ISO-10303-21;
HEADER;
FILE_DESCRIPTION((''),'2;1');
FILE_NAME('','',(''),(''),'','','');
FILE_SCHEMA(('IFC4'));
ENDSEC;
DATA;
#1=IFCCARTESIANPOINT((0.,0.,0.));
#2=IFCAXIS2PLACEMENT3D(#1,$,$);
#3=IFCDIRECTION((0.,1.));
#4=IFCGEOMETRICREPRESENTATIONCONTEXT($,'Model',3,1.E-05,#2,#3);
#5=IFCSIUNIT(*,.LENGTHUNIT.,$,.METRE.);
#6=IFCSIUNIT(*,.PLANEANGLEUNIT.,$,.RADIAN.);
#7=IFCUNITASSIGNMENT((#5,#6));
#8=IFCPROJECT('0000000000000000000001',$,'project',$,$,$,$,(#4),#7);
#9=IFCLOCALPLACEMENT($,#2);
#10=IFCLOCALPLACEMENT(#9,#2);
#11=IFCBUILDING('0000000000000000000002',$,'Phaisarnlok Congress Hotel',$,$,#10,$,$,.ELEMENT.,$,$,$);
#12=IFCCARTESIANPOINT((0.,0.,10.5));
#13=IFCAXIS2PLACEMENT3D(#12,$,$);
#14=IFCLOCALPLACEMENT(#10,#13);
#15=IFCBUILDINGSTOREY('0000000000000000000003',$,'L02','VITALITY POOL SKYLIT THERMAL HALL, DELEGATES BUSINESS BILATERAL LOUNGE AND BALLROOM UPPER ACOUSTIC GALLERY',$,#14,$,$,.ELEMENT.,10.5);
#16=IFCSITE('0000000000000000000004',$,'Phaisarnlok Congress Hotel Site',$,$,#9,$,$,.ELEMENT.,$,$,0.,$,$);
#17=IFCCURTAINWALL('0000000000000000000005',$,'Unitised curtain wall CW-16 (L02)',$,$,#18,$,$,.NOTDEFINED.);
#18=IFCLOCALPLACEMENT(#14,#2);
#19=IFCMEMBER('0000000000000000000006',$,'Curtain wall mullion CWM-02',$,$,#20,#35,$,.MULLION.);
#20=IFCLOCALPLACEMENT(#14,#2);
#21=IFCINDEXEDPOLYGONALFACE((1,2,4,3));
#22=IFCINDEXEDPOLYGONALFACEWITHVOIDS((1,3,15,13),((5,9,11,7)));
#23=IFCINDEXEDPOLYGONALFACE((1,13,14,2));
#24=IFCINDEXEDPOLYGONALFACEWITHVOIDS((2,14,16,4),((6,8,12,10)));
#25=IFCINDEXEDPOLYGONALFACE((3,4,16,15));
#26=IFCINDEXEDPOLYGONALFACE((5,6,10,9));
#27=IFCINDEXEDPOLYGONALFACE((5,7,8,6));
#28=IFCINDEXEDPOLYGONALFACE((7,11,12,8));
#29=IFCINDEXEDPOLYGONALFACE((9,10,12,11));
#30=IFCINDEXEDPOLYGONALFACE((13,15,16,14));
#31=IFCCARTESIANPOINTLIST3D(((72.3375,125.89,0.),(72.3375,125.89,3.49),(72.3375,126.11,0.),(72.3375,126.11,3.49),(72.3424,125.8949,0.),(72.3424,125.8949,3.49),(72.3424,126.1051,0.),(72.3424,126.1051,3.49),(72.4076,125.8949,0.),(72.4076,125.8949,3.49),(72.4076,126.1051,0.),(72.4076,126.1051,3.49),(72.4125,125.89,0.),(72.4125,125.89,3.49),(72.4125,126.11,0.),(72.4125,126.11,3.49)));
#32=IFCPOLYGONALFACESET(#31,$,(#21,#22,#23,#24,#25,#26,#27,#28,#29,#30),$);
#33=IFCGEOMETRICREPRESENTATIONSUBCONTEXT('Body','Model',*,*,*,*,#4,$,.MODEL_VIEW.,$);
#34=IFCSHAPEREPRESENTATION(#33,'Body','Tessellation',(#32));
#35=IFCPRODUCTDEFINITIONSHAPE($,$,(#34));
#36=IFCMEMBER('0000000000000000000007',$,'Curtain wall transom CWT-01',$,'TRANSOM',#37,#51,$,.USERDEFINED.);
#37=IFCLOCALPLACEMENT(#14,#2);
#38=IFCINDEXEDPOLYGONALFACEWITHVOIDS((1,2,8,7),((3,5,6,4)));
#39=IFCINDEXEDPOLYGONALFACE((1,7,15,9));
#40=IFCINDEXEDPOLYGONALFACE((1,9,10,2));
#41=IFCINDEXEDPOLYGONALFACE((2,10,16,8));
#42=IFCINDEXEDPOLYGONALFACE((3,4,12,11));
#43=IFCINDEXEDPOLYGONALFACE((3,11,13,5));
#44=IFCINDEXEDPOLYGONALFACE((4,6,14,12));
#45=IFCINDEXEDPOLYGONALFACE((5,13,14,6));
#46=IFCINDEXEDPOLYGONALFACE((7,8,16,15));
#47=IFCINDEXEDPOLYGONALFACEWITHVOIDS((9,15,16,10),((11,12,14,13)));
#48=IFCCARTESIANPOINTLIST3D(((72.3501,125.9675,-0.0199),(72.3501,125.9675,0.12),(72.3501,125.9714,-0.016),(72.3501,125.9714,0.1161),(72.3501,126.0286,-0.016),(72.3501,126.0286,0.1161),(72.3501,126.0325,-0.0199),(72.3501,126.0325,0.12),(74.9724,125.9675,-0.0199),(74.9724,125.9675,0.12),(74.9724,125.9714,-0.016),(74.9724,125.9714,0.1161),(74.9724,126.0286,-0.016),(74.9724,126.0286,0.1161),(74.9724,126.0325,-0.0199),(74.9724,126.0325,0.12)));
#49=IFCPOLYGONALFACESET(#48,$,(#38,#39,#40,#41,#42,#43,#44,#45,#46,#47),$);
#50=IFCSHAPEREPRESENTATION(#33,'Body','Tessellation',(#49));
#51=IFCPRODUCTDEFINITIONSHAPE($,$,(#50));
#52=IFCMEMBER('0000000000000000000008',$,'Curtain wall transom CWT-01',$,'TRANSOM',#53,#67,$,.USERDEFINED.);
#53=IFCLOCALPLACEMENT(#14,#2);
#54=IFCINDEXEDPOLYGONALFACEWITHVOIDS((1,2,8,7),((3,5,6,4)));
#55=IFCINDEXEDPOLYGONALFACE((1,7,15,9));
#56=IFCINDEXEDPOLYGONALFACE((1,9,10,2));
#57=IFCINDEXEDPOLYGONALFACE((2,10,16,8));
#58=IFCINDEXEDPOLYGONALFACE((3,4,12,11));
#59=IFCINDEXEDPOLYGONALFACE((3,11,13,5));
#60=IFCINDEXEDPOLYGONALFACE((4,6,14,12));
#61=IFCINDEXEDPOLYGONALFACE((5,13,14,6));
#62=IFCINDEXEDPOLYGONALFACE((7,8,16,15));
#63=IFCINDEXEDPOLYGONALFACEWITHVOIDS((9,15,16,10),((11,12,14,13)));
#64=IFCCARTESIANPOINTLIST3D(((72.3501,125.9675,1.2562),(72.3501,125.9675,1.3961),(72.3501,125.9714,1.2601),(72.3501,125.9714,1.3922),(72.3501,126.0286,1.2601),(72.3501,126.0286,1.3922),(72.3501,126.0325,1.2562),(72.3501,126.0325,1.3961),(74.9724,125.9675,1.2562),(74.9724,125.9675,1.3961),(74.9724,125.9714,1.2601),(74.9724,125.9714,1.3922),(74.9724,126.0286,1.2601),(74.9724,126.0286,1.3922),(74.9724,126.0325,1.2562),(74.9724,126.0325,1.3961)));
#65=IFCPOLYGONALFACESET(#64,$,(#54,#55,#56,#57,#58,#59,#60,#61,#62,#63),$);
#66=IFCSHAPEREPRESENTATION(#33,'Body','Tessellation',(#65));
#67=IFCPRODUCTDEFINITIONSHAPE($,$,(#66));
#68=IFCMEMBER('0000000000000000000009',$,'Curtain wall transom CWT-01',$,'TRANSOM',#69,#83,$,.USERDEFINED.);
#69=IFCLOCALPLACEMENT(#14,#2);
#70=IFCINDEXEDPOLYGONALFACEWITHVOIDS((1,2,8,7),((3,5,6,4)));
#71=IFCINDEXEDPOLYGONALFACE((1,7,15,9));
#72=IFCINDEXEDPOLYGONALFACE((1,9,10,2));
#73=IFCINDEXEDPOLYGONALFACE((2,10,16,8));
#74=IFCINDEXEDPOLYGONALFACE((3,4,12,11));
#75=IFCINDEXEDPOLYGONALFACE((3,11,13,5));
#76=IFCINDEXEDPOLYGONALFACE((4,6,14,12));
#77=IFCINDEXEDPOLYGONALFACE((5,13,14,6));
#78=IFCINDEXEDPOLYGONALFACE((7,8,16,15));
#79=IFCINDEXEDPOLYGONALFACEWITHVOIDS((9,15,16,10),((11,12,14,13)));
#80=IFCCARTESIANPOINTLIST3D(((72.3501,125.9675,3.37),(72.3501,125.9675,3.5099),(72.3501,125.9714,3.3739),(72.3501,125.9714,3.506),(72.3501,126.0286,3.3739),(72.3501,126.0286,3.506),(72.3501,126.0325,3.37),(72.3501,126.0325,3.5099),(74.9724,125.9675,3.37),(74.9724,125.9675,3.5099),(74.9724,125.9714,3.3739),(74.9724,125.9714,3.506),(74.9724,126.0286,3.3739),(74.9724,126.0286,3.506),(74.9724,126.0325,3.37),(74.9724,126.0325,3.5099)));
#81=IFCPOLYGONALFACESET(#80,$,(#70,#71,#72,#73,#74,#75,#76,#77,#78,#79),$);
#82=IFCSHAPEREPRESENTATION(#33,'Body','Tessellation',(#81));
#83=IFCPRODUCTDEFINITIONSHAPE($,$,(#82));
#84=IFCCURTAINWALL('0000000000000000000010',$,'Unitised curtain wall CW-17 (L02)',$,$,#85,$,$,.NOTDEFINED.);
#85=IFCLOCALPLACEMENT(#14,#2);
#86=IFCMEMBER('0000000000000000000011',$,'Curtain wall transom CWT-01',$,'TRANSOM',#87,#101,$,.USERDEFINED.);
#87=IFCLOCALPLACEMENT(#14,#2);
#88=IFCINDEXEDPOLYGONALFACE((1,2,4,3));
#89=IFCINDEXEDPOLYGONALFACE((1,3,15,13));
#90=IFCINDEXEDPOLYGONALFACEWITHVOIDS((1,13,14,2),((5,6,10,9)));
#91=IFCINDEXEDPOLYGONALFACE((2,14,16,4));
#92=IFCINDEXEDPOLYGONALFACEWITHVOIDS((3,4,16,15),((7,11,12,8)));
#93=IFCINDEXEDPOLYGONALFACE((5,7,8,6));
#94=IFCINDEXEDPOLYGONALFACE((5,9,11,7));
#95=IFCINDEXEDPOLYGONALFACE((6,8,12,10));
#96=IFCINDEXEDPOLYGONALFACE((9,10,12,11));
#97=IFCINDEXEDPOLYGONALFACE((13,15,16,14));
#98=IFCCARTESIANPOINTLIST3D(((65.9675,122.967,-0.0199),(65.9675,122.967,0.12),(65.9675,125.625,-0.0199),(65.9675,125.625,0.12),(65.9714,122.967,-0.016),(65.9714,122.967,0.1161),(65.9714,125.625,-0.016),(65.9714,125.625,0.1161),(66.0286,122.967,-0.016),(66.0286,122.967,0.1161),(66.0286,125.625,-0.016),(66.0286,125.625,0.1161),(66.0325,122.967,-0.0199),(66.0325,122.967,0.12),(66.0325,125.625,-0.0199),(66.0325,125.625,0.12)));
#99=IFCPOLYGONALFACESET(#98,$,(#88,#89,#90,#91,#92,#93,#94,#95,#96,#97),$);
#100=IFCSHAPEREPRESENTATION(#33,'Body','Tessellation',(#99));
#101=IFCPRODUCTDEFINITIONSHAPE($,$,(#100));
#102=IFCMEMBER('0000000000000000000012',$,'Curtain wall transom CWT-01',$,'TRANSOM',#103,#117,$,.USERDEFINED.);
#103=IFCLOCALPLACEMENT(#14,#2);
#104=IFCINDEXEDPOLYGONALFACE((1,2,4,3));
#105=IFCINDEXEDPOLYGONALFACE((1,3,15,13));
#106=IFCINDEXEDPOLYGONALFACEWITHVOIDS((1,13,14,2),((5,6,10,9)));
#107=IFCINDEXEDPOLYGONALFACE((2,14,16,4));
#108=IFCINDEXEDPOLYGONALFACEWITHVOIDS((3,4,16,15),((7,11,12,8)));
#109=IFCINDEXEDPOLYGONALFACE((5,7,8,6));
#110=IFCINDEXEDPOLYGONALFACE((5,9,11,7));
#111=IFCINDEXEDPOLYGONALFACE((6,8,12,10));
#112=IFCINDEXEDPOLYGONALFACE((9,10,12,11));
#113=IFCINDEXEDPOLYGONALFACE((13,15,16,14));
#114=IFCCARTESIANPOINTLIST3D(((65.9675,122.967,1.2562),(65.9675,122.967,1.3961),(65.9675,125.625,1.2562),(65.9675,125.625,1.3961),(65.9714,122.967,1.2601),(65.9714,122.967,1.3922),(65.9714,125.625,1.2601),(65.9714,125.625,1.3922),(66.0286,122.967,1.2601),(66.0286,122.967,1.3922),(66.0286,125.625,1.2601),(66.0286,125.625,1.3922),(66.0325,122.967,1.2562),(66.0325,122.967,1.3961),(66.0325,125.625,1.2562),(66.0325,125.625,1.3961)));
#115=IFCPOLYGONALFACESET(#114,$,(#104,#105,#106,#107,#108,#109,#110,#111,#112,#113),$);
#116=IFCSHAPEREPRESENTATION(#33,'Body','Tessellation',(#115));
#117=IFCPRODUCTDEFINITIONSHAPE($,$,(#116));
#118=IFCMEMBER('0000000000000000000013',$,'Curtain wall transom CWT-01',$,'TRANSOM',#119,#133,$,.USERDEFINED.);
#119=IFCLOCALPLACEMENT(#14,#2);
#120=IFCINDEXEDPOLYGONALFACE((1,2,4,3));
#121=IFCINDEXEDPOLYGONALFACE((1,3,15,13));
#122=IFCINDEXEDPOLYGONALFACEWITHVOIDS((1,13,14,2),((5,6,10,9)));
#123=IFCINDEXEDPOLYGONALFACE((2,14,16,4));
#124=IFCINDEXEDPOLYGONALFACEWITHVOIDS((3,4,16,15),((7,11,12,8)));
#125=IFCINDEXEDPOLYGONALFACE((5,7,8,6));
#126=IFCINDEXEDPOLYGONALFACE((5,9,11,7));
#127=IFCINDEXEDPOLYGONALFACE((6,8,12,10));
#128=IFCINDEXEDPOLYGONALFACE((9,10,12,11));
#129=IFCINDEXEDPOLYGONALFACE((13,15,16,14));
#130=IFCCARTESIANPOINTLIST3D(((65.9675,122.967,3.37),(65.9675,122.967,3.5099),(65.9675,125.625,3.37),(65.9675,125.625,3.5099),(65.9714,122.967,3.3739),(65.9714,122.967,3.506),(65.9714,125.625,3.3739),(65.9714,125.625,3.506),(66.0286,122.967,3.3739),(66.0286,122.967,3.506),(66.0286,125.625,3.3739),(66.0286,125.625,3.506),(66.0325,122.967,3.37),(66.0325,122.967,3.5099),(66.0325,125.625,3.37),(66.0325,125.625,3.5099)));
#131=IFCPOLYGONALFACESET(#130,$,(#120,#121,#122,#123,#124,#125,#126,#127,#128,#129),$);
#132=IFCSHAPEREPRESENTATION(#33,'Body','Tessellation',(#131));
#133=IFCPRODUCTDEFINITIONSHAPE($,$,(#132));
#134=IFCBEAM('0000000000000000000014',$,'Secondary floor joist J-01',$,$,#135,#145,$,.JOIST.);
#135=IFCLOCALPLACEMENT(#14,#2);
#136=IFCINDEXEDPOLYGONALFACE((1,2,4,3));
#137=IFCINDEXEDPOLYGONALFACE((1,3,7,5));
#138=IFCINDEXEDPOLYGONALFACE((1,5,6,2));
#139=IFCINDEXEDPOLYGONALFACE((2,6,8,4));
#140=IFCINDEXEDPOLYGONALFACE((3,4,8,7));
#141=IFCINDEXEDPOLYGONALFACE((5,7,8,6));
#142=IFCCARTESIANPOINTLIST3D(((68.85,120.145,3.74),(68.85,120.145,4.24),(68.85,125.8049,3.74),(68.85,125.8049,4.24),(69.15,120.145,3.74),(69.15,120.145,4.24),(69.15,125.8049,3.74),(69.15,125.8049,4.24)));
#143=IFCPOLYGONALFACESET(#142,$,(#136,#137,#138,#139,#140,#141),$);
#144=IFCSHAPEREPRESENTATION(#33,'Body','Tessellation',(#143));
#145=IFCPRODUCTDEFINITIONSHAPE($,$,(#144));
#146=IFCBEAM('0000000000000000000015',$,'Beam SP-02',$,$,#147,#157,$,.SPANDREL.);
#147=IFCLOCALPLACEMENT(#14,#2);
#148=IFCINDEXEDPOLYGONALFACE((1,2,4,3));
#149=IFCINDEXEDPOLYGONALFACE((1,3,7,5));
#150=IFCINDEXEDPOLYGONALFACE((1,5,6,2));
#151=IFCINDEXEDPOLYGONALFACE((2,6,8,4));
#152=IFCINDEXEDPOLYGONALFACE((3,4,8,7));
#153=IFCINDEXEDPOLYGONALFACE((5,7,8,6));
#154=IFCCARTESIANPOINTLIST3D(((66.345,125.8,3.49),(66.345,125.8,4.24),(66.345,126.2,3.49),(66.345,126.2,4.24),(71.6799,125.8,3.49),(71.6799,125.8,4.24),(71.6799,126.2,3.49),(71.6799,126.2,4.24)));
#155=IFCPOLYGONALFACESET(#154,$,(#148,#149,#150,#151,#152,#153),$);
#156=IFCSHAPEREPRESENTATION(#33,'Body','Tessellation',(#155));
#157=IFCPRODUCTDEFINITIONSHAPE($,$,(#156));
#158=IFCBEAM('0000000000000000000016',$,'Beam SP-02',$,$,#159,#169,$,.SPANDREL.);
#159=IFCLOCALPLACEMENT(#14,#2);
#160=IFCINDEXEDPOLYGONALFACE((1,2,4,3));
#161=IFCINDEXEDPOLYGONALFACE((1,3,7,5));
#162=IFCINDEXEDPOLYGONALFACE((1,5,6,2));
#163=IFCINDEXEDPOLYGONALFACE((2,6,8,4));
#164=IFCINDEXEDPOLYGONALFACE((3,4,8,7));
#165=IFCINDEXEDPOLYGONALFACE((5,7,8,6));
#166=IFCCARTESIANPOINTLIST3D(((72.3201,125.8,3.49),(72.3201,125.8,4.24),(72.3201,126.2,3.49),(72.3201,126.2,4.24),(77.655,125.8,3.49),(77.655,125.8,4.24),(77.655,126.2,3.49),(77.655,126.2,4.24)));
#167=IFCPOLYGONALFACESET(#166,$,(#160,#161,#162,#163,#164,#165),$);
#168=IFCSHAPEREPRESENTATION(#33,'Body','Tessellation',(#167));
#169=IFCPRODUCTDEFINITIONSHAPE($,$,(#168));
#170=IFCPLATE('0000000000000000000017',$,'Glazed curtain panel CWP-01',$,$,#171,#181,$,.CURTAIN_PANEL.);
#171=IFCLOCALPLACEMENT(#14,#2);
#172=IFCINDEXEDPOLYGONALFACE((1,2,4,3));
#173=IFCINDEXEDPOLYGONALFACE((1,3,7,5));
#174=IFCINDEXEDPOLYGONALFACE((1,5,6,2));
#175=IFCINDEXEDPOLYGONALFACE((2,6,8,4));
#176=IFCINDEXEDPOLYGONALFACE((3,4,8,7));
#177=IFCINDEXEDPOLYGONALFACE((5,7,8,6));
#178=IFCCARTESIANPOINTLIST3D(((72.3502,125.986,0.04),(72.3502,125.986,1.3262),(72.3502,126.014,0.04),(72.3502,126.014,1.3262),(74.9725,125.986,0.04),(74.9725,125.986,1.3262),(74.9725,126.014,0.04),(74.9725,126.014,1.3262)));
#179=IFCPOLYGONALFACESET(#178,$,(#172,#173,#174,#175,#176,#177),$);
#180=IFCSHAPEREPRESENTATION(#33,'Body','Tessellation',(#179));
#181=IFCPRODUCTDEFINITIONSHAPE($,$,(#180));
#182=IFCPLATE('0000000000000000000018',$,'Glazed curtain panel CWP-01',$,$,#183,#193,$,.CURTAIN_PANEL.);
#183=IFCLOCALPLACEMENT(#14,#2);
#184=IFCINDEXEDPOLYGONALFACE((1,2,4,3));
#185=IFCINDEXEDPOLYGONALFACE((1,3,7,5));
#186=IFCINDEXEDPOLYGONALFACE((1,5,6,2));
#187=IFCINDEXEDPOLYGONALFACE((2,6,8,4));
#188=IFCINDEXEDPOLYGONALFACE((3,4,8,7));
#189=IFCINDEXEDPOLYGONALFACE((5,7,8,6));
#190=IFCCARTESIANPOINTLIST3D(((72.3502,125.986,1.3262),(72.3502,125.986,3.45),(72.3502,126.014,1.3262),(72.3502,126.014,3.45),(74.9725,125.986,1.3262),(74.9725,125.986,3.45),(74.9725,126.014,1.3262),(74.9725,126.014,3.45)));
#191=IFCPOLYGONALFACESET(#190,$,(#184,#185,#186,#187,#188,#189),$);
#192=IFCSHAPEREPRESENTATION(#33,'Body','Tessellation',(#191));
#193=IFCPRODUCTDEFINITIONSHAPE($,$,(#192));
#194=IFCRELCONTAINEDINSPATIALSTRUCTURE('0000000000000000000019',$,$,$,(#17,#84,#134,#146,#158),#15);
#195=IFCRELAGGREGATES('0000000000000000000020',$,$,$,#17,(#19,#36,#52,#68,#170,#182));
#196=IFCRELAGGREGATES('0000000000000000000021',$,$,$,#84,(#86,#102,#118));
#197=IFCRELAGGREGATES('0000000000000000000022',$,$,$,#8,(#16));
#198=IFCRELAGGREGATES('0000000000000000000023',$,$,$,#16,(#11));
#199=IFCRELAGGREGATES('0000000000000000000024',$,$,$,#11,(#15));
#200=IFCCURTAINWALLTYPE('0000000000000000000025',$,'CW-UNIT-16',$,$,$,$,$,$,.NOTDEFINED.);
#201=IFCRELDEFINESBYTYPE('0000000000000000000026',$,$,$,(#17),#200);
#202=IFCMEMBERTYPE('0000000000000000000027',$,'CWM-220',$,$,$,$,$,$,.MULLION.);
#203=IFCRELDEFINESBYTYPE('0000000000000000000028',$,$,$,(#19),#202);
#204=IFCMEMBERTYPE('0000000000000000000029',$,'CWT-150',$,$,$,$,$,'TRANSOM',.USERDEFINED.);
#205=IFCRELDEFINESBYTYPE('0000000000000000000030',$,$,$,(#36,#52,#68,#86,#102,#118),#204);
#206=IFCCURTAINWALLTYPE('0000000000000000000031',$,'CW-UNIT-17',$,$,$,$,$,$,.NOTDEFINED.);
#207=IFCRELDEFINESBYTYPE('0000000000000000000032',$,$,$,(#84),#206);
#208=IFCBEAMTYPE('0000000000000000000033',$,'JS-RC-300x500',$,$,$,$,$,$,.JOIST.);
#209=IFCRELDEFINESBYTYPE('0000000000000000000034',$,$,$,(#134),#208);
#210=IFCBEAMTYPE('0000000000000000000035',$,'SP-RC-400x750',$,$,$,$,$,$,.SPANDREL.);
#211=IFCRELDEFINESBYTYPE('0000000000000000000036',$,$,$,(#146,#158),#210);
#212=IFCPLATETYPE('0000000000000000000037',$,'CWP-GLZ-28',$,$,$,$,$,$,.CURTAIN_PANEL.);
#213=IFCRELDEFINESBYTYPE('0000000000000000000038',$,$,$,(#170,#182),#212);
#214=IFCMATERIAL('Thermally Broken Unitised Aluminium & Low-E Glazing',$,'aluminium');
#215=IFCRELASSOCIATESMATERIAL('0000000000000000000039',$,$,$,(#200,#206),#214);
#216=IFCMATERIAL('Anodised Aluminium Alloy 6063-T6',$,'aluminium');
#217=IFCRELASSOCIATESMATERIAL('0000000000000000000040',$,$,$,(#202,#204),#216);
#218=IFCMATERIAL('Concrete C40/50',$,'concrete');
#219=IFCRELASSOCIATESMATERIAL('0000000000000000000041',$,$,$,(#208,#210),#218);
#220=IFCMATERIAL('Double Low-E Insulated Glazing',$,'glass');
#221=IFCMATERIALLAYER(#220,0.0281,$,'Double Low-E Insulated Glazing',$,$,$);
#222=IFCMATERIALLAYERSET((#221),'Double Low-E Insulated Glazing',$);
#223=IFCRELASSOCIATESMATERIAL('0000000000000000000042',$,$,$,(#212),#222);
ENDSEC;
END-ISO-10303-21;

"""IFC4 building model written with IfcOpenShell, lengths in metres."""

from ifc_helpers import new_model, si_unit, direction, frame, frame_2d, origin, origin_2d, place, context, subcontext, project, spatial, rectangle, hollow_rectangle, extrude, material, layer, layer_set, material_profile, profile_set, type_object, element, aggregate, save


model = new_model("IFC4")

# Units and contexts
model_context = context("Model", 3, precision=1e-05, world=origin(), true_north=direction((0.0, 1.0)))
body_context = subcontext(model_context, "Body", "Model", "MODEL_VIEW")
ifc_project = project(units=[si_unit("LENGTHUNIT", "METRE"), si_unit("PLANEANGLEUNIT", "RADIAN")], contexts=[model_context])

# Site, building, storey
site_placement = place(None, origin())
site = spatial("IfcSite", under=ifc_project, at=site_placement, Name="Phaisarnlok Congress Hotel Site", CompositionType="ELEMENT", RefElevation=0.0)
building_placement = place(site_placement, origin())
building = spatial("IfcBuilding", under=site, at=building_placement, Name="Phaisarnlok Congress Hotel", CompositionType="ELEMENT")
storey_placement = place(building_placement, frame((0.0, 0.0, 10.5)))
storey = spatial("IfcBuildingStorey", under=building, at=storey_placement, Name="L02", Description="VITALITY POOL SKYLIT THERMAL HALL, DELEGATES BUSINESS BILATERAL LOUNGE AND BALLROOM UPPER ACOUSTIC GALLERY", CompositionType="ELEMENT", Elevation=10.5)

# Shared definitions
ifc_material_1 = material(Name="Concrete C40/50", Category="concrete")

# Curtain walls, members
ifc_material_2 = material(Name="Thermally Broken Unitised Aluminium & Low-E Glazing", Category="aluminium")
curtain_wall_type_1 = type_object("IfcCurtainWallType", Name="CW-UNIT-16", PredefinedType="NOTDEFINED", material=ifc_material_2)
curtain_wall_1_placement = place(storey_placement, origin())
curtain_wall_1 = element("IfcCurtainWall", 1, at=curtain_wall_1_placement, inside=storey, type_object=curtain_wall_type_1, Name="Unitised curtain wall CW-16 (L02)", PredefinedType="NOTDEFINED")
ifc_material_3 = material(Name="Anodised Aluminium Alloy 6063-T6", Category="aluminium")
ifc_material_profile_1 = material_profile(ifc_material_3, hollow_rectangle(XDim=0.075, YDim=0.22, WallThickness=0.0049, at=origin_2d()), Name="ALU-M 75x220x5")
ifc_profile_set_1 = profile_set([ifc_material_profile_1], Name="Anodised Aluminium Alloy 6063-T6")
member_type_1 = type_object("IfcMemberType", Name="CWM-220", PredefinedType="MULLION", material=ifc_profile_set_1)
member_1_placement = place(storey_placement, frame((72.375, 126.0, 0.0), z_axis=(0.0, 0.0, 1.0), x_axis=(-1.0, 0.0, 0.0)))
member_1 = element("IfcMember", 2, at=member_1_placement, type_object=member_type_1, Name="Curtain wall mullion CWM-02", PredefinedType="MULLION", context=body_context, shape_type="SweptSolid", body=[
    extrude(hollow_rectangle(XDim=0.075, YDim=0.22, WallThickness=0.0049, at=origin_2d()), origin(), (0.0, 0.0, 1.0), 3.49),
])
ifc_material_profile_2 = material_profile(ifc_material_3, hollow_rectangle(XDim=0.0649, YDim=0.1399, WallThickness=0.0039, at=origin_2d()), Name="ALU-T 65x140x4")
ifc_profile_set_2 = profile_set([ifc_material_profile_2], Name="Anodised Aluminium Alloy 6063-T6")
member_type_2 = type_object("IfcMemberType", Name="CWT-150", ElementType="TRANSOM", PredefinedType="USERDEFINED", material=ifc_profile_set_2)
member_2_placement = place(storey_placement, frame((74.9724, 126.0, 0.05), z_axis=(-1.0, 0.0, 0.0), x_axis=(0.0, -1.0, 0.0)))
member_2 = element("IfcMember", 3, at=member_2_placement, type_object=member_type_2, Name="Curtain wall transom CWT-01", ObjectType="TRANSOM", PredefinedType="USERDEFINED", context=body_context, shape_type="SweptSolid", body=[
    extrude(hollow_rectangle(XDim=0.0649, YDim=0.1399, WallThickness=0.0039, at=origin_2d()), origin(), (0.0, 0.0, 1.0), 2.6223),
])
member_3_placement = place(storey_placement, frame((74.9724, 126.0, 1.3262), z_axis=(-1.0, 0.0, 0.0), x_axis=(0.0, -1.0, 0.0)))
member_3 = element("IfcMember", 4, at=member_3_placement, type_object=member_type_2, Name="Curtain wall transom CWT-01", ObjectType="TRANSOM", PredefinedType="USERDEFINED", context=body_context, shape_type="SweptSolid", body=[
    extrude(hollow_rectangle(XDim=0.0649, YDim=0.1399, WallThickness=0.0039, at=origin_2d()), origin(), (0.0, 0.0, 1.0), 2.6223),
])
member_4_placement = place(storey_placement, frame((74.9724, 126.0, 3.4399), z_axis=(-1.0, 0.0, 0.0), x_axis=(0.0, -1.0, 0.0)))
member_4 = element("IfcMember", 5, at=member_4_placement, type_object=member_type_2, Name="Curtain wall transom CWT-01", ObjectType="TRANSOM", PredefinedType="USERDEFINED", context=body_context, shape_type="SweptSolid", body=[
    extrude(hollow_rectangle(XDim=0.0649, YDim=0.1399, WallThickness=0.0039, at=origin_2d()), origin(), (0.0, 0.0, 1.0), 2.6223),
])
curtain_wall_type_2 = type_object("IfcCurtainWallType", Name="CW-UNIT-17", PredefinedType="NOTDEFINED", material=ifc_material_2)
curtain_wall_2_placement = place(storey_placement, origin())
curtain_wall_2 = element("IfcCurtainWall", 6, at=curtain_wall_2_placement, inside=storey, type_object=curtain_wall_type_2, Name="Unitised curtain wall CW-17 (L02)", PredefinedType="NOTDEFINED")
member_5_placement = place(storey_placement, frame((66.0, 125.625, 0.05), z_axis=(0.0, -1.0, 0.0), x_axis=(1.0, 0.0, 0.0)))
member_5 = element("IfcMember", 7, at=member_5_placement, type_object=member_type_2, Name="Curtain wall transom CWT-01", ObjectType="TRANSOM", PredefinedType="USERDEFINED", context=body_context, shape_type="SweptSolid", body=[
    extrude(hollow_rectangle(XDim=0.0649, YDim=0.1399, WallThickness=0.0039, at=origin_2d()), origin(), (0.0, 0.0, 1.0), 2.658),
])
member_6_placement = place(storey_placement, frame((66.0, 125.625, 1.3262), z_axis=(0.0, -1.0, 0.0), x_axis=(1.0, 0.0, 0.0)))
member_6 = element("IfcMember", 8, at=member_6_placement, type_object=member_type_2, Name="Curtain wall transom CWT-01", ObjectType="TRANSOM", PredefinedType="USERDEFINED", context=body_context, shape_type="SweptSolid", body=[
    extrude(hollow_rectangle(XDim=0.0649, YDim=0.1399, WallThickness=0.0039, at=origin_2d()), origin(), (0.0, 0.0, 1.0), 2.658),
])
member_7_placement = place(storey_placement, frame((66.0, 125.625, 3.4399), z_axis=(0.0, -1.0, 0.0), x_axis=(1.0, 0.0, 0.0)))
member_7 = element("IfcMember", 9, at=member_7_placement, type_object=member_type_2, Name="Curtain wall transom CWT-01", ObjectType="TRANSOM", PredefinedType="USERDEFINED", context=body_context, shape_type="SweptSolid", body=[
    extrude(hollow_rectangle(XDim=0.0649, YDim=0.1399, WallThickness=0.0039, at=origin_2d()), origin(), (0.0, 0.0, 1.0), 2.658),
])

# Beams
ifc_material_profile_3 = material_profile(ifc_material_1, rectangle(XDim=0.3, YDim=0.5, at=origin_2d()), Name="RC 300x500")
ifc_profile_set_3 = profile_set([ifc_material_profile_3], Name="Concrete C40/50")
beam_type_1 = type_object("IfcBeamType", Name="JS-RC-300x500", PredefinedType="JOIST", material=ifc_profile_set_3)
beam_1_placement = place(storey_placement, frame((69.0, 120.145, 3.99), z_axis=(0.0, 1.0, 0.0), x_axis=(-1.0, 0.0, 0.0)))
element("IfcBeam", 10, at=beam_1_placement, inside=storey, type_object=beam_type_1, Name="Secondary floor joist J-01", PredefinedType="JOIST", context=body_context, shape_type="SweptSolid", body=[
    extrude(rectangle(XDim=0.3, YDim=0.5, at=origin_2d()), origin(), (0.0, 0.0, 1.0), 5.6599),
])
ifc_material_profile_4 = material_profile(ifc_material_1, rectangle(XDim=0.3999, YDim=0.75, at=origin_2d()), Name="RC 400x750")
ifc_profile_set_4 = profile_set([ifc_material_profile_4], Name="Concrete C40/50")
beam_type_2 = type_object("IfcBeamType", Name="SP-RC-400x750", PredefinedType="SPANDREL", material=ifc_profile_set_4)
for number, where, z_axis, x_axis, name in (
    (11, (66.345, 126.0, 3.865), (1.0, 0.0, 0.0), (0.0, 1.0, 0.0), "Beam SP-02"),
    (12, (72.3201, 126.0, 3.865), (1.0, 0.0, 0.0), (0.0, 1.0, 0.0), "Beam SP-02"),
):
    element("IfcBeam", number, at=place(storey_placement, frame(where, z_axis=z_axis, x_axis=x_axis)), inside=storey, type_object=beam_type_2, Name=name, PredefinedType="SPANDREL", context=body_context, shape_type="SweptSolid", body=[
        extrude(rectangle(XDim=0.3999, YDim=0.75, at=origin_2d()), origin(), (0.0, 0.0, 1.0), 5.335),
    ])

# Plates
ifc_material_4 = material(Name="Double Low-E Insulated Glazing", Category="glass")
ifc_layer_1 = layer(ifc_material_4, 0.0281, Name="Double Low-E Insulated Glazing")
ifc_layer_set_1 = layer_set([ifc_layer_1], Name="Double Low-E Insulated Glazing")
plate_type = type_object("IfcPlateType", Name="CWP-GLZ-28", PredefinedType="CURTAIN_PANEL", material=ifc_layer_set_1)
plate_1_placement = place(storey_placement, frame((74.9724, 126.0, 0.04), z_axis=(0.0, 0.0, 1.0), x_axis=(-1.0, 0.0, 0.0)))
plate_1 = element("IfcPlate", 13, at=plate_1_placement, type_object=plate_type, Name="Glazed curtain panel CWP-01", PredefinedType="CURTAIN_PANEL", context=body_context, shape_type="SweptSolid", body=[
    extrude(rectangle(XDim=2.6223, YDim=0.0281, at=frame_2d((1.311, 0.0))), origin(), (0.0, 0.0, 1.0), 1.2861),
])
plate_2_placement = place(storey_placement, frame((74.9724, 126.0, 1.3262), z_axis=(0.0, 0.0, 1.0), x_axis=(-1.0, 0.0, 0.0)))
plate_2 = element("IfcPlate", 14, at=plate_2_placement, type_object=plate_type, Name="Glazed curtain panel CWP-01", PredefinedType="CURTAIN_PANEL", context=body_context, shape_type="SweptSolid", body=[
    extrude(rectangle(XDim=2.6223, YDim=0.0281, at=frame_2d((1.311, 0.0))), origin(), (0.0, 0.0, 1.0), 2.1238),
])
aggregate(curtain_wall_1, [member_1, member_2, member_3, member_4, plate_1, plate_2])
aggregate(curtain_wall_2, [member_5, member_6, member_7])

save(model, "model.ifc")
